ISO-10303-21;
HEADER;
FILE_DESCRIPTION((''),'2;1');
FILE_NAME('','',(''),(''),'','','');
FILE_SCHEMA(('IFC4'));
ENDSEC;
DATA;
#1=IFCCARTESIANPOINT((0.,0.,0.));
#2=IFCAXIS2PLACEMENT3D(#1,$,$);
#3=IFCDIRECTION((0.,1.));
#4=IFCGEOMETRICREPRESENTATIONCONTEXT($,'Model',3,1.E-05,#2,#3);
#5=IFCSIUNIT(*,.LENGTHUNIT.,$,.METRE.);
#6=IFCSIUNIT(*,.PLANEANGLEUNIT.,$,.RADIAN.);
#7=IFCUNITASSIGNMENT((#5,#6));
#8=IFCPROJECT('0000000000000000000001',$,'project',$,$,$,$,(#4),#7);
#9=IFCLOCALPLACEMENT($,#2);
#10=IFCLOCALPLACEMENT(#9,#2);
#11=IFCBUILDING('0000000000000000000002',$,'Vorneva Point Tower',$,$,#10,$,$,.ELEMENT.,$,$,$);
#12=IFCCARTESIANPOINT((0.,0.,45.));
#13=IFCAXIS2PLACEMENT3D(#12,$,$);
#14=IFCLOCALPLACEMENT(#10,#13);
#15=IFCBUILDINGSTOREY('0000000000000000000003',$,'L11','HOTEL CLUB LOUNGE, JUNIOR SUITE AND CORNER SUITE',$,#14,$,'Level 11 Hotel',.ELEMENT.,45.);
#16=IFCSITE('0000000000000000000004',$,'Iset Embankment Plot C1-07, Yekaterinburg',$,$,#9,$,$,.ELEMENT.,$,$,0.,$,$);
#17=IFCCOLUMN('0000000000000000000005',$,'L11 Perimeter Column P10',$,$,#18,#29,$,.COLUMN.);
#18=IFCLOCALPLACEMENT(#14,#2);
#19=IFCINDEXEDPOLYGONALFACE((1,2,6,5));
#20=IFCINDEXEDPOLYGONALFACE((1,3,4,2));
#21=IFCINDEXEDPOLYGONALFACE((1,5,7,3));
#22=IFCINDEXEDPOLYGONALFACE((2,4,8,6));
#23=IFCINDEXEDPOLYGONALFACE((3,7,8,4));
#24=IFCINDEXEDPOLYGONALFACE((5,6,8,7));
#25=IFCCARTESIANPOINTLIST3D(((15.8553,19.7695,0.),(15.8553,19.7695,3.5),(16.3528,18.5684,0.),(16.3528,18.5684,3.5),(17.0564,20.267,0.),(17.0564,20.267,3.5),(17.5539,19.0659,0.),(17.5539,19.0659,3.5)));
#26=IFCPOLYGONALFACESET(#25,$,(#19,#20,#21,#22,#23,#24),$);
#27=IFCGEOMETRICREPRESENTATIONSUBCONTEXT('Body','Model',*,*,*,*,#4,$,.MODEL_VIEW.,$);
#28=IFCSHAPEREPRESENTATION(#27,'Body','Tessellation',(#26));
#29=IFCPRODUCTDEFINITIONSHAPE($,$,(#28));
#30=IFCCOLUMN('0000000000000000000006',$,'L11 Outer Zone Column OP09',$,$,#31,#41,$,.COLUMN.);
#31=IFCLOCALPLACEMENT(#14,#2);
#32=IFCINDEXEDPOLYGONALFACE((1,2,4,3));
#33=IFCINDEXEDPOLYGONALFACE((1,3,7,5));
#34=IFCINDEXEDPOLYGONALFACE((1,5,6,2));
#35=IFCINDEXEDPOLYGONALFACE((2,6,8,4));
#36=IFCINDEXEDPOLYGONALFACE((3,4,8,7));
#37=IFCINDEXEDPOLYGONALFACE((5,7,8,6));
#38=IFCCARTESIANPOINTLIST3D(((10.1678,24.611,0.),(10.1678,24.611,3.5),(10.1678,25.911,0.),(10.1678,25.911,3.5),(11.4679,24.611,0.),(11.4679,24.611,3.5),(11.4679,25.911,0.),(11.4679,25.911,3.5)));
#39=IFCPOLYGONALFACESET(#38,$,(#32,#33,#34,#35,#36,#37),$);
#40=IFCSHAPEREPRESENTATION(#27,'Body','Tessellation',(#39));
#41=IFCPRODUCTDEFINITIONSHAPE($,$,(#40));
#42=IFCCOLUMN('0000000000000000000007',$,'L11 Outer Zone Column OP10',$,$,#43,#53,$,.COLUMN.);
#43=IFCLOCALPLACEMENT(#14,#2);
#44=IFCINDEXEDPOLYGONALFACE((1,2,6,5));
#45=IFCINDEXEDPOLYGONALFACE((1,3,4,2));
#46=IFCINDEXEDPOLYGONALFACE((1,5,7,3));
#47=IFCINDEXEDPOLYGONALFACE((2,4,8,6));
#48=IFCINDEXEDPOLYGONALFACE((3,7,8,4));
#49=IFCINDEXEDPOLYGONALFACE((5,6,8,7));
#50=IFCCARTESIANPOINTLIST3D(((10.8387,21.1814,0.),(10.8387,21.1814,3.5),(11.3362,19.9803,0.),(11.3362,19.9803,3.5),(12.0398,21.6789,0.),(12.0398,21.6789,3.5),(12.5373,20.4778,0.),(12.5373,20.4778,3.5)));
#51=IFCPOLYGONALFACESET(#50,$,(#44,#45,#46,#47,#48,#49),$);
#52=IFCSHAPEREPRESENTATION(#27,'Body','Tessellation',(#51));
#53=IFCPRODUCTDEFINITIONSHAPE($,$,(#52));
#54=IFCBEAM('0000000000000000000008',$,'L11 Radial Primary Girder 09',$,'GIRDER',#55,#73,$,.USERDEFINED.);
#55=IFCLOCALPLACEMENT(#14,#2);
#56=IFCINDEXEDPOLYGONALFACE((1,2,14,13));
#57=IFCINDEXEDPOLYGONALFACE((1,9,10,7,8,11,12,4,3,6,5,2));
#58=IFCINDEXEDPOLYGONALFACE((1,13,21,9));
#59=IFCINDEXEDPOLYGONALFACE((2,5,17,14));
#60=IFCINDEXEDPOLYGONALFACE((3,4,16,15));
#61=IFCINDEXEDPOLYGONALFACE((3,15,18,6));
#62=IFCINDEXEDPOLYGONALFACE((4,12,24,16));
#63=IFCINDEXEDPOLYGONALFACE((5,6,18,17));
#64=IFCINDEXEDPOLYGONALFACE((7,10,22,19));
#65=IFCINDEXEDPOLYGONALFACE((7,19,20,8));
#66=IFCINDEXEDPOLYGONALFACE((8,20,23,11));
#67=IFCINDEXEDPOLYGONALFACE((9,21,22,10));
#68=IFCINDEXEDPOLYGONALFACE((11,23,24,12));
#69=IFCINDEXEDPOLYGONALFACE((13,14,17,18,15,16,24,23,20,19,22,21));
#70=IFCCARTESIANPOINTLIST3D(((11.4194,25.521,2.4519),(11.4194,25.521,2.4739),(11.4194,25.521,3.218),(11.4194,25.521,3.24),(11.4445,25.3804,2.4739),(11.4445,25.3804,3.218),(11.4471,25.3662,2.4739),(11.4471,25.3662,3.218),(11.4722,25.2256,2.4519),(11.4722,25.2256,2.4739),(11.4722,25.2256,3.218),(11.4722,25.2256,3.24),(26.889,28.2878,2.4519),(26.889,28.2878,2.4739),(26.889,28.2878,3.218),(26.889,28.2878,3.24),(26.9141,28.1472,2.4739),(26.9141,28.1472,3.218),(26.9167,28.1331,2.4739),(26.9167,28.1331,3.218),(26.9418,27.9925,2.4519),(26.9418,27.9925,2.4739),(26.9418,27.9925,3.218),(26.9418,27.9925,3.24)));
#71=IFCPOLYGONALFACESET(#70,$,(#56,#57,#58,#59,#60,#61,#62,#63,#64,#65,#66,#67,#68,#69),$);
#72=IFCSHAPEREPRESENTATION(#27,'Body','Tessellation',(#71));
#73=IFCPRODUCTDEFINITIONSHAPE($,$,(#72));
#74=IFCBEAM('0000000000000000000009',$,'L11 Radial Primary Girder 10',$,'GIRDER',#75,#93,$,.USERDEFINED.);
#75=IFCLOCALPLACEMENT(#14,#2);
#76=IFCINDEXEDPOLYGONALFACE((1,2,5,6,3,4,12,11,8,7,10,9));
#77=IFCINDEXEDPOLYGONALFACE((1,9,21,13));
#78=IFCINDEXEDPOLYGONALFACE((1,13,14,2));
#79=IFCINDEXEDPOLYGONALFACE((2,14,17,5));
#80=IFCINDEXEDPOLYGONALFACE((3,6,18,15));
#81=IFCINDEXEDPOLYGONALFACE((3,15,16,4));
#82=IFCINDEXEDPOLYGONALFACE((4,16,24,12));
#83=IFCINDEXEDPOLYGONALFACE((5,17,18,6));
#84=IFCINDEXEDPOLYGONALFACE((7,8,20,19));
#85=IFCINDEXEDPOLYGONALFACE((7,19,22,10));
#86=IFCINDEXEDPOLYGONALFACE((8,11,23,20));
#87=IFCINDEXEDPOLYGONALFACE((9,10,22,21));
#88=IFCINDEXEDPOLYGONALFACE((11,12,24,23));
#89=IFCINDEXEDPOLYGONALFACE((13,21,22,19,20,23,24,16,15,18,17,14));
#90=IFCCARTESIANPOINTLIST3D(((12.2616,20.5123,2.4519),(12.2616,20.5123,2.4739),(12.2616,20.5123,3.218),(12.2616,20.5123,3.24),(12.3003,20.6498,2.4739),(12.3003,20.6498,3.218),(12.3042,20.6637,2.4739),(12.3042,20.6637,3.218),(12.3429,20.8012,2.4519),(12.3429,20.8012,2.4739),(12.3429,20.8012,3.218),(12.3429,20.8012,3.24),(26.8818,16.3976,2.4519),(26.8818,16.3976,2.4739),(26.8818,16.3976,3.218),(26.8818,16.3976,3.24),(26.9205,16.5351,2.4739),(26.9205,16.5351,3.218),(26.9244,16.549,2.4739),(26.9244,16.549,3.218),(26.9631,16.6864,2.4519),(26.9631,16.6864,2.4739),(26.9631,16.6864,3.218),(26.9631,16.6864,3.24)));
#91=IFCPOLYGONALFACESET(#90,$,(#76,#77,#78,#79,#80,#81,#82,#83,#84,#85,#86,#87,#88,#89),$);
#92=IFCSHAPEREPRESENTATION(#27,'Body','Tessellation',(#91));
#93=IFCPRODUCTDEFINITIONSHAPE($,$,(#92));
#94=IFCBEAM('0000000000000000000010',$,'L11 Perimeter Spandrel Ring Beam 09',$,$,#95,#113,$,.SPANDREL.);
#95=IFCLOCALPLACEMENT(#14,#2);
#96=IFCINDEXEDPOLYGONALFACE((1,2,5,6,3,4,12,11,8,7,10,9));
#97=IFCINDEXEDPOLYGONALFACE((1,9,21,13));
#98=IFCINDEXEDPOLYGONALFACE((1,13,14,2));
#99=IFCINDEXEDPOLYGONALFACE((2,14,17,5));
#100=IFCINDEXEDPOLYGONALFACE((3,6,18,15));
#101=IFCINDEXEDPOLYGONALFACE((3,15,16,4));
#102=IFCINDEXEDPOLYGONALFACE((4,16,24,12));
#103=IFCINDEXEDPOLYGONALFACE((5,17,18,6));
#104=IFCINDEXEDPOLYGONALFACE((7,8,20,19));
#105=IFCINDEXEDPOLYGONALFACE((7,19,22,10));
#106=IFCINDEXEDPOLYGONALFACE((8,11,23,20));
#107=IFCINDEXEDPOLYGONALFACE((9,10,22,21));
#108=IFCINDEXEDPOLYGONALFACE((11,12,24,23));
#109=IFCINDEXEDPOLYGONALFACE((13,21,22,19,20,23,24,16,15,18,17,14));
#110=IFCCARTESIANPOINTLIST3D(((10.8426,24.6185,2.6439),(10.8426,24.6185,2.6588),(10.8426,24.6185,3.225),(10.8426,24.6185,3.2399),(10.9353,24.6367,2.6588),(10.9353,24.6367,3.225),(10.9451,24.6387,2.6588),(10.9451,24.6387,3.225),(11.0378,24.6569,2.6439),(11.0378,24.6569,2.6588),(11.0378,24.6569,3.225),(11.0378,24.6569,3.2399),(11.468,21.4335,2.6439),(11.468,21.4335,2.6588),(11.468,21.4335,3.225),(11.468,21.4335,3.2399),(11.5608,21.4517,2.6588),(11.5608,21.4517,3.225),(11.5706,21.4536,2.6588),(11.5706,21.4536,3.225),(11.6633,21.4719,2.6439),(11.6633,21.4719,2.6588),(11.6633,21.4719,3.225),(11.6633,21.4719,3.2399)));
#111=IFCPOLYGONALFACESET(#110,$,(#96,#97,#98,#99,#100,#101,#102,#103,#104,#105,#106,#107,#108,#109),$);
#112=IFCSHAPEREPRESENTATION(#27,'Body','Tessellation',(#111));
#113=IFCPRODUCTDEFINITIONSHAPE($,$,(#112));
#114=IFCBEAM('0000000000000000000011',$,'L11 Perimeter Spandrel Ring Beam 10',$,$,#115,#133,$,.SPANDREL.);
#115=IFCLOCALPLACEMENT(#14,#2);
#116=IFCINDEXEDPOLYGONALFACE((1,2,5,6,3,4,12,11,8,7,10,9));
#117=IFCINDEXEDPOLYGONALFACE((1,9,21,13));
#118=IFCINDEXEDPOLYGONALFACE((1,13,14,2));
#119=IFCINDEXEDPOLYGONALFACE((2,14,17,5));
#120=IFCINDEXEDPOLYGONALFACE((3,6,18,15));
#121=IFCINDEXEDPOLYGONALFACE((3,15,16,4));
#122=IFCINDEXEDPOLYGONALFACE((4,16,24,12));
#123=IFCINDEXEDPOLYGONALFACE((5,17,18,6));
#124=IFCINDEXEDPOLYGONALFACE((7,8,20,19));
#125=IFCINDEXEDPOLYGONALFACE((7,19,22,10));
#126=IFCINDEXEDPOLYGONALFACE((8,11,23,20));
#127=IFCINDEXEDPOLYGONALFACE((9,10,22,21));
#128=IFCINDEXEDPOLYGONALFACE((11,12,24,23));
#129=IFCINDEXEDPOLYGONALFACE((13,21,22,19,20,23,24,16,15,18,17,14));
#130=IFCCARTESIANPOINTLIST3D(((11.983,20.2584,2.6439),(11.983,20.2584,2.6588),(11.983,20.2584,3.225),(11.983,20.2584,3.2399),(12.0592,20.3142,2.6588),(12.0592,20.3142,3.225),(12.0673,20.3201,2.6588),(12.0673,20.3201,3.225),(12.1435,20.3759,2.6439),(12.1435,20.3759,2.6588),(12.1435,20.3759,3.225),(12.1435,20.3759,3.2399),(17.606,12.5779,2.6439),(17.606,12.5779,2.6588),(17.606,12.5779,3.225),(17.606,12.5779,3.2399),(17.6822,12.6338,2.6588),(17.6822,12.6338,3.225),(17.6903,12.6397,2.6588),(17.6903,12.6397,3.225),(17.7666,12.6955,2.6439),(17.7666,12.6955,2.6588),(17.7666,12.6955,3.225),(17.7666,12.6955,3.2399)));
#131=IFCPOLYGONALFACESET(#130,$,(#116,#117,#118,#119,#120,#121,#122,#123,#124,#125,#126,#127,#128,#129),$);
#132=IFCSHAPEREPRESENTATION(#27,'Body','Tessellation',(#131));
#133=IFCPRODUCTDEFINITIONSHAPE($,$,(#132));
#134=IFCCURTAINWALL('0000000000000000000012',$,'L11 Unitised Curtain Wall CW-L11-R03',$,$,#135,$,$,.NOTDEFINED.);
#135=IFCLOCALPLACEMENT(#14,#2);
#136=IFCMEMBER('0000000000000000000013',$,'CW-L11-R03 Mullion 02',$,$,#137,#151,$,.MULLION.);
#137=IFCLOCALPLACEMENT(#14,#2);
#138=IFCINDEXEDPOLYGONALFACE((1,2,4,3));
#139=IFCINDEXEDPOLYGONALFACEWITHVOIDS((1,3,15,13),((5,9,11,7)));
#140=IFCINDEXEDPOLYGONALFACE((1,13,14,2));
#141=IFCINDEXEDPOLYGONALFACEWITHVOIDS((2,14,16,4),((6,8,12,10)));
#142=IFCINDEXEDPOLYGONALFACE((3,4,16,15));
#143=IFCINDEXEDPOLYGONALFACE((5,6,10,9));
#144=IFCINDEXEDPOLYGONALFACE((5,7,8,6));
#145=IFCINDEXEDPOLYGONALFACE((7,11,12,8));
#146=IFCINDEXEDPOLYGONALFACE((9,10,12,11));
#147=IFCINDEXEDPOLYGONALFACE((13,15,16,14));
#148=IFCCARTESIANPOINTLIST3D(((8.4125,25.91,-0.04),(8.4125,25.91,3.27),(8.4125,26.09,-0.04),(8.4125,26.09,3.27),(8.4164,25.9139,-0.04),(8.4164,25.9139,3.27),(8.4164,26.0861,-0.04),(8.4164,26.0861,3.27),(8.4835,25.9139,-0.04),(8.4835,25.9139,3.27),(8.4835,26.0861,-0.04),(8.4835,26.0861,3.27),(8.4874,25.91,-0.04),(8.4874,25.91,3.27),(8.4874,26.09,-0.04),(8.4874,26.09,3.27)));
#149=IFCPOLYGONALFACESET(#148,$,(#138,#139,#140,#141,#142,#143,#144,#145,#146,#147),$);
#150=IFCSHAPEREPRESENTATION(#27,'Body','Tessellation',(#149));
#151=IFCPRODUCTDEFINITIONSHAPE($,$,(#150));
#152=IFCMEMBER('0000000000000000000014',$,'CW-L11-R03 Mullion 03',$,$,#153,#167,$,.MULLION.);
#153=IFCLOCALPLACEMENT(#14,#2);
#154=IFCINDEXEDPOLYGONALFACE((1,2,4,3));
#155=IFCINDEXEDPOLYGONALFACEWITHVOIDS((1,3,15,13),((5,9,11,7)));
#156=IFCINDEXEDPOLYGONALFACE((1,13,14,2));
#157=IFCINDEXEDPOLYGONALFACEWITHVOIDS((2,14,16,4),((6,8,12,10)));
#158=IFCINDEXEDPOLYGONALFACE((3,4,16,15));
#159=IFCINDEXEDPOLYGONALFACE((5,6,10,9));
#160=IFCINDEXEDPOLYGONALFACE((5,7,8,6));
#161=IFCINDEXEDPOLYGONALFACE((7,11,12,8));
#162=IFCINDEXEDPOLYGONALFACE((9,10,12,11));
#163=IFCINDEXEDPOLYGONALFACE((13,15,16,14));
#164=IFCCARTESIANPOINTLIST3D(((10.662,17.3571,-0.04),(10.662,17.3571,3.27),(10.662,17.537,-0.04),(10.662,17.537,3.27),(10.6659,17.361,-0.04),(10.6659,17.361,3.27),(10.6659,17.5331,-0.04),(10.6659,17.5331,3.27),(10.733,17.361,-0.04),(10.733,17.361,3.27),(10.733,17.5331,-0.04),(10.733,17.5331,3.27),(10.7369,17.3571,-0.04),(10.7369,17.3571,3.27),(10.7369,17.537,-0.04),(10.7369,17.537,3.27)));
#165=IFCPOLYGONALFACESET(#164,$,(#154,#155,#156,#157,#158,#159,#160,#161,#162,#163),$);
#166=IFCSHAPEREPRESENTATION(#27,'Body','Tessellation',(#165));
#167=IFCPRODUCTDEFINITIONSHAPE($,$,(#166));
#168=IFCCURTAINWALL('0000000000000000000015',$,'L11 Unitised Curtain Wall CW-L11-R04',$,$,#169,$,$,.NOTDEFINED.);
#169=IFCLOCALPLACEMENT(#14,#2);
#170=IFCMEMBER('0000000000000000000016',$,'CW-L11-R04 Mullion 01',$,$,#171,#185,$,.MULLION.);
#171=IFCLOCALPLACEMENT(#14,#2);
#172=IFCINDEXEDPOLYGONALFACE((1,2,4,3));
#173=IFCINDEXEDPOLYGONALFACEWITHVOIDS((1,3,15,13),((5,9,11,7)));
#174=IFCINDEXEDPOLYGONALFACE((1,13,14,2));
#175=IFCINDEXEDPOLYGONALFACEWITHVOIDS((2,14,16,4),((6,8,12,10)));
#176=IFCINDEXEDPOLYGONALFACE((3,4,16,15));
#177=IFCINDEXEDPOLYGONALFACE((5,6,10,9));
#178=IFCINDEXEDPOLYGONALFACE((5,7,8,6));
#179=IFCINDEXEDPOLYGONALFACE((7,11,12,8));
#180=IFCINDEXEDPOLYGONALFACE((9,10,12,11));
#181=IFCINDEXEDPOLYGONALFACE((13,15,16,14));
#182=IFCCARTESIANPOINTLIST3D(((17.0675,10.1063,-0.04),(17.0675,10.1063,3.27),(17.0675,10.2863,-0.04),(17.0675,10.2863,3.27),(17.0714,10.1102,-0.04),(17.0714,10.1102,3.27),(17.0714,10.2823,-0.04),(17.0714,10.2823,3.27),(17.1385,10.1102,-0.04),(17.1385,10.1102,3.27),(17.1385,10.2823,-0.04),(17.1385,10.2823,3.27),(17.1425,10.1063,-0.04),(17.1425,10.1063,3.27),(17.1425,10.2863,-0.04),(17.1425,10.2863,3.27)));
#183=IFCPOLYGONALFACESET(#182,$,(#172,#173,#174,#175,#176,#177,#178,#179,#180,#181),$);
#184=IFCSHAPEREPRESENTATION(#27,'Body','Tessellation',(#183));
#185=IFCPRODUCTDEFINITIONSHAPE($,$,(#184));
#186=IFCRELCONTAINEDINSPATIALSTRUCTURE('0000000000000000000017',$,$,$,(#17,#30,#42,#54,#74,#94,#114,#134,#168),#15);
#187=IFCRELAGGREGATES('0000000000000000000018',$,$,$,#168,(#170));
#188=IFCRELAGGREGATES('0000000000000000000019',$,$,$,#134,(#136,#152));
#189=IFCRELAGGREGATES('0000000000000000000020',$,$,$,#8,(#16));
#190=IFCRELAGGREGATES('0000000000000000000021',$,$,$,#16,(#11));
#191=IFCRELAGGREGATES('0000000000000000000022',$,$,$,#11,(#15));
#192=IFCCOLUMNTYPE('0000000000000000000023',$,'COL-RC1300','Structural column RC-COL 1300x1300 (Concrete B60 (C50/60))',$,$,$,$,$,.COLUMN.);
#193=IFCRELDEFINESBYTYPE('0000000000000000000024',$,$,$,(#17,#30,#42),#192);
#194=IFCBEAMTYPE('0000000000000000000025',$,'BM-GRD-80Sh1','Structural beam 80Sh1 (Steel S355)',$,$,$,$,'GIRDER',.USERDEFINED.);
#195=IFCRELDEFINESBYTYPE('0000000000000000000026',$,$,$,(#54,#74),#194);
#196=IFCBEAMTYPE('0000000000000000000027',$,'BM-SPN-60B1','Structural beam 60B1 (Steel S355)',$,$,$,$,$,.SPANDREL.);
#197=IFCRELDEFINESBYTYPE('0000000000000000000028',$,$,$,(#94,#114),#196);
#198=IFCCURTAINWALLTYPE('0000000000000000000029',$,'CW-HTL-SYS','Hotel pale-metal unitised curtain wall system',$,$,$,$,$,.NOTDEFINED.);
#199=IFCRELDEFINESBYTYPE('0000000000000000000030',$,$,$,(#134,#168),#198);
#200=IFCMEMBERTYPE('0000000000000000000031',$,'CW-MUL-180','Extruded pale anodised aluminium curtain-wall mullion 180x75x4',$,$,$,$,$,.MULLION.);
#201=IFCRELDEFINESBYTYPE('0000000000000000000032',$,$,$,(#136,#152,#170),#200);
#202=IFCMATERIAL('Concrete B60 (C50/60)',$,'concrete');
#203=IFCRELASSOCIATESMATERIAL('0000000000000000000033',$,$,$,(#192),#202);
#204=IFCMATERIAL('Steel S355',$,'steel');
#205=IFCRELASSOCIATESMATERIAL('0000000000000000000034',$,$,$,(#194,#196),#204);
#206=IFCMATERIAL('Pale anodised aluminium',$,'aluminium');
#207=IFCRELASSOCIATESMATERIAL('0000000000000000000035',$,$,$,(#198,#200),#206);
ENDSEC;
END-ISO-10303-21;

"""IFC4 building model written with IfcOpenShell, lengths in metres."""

from ifc_helpers import new_model, si_unit, direction, frame, origin, origin_2d, place, context, subcontext, project, spatial, rectangle, hollow_rectangle, i_section, extrude, material, material_profile, profile_set, type_object, element, aggregate, save


model = new_model("IFC4")

# Units and contexts
model_context = context("Model", 3, precision=1e-05, world=origin(), true_north=direction((0.0, 1.0)))
body_context = subcontext(model_context, "Body", "Model", "MODEL_VIEW")
ifc_project = project(units=[si_unit("LENGTHUNIT", "METRE"), si_unit("PLANEANGLEUNIT", "RADIAN")], contexts=[model_context])

# Site, building, storey
site_placement = place(None, origin())
site = spatial("IfcSite", under=ifc_project, at=site_placement, Name="Iset Embankment Plot C1-07, Yekaterinburg", CompositionType="ELEMENT", RefElevation=0.0)
building_placement = place(site_placement, origin())
building = spatial("IfcBuilding", under=site, at=building_placement, Name="Vorneva Point Tower", CompositionType="ELEMENT")
storey_placement = place(building_placement, frame((0.0, 0.0, 45.0)))
storey = spatial("IfcBuildingStorey", under=building, at=storey_placement, Name="L11", Description="HOTEL CLUB LOUNGE, JUNIOR SUITE AND CORNER SUITE", LongName="Level 11 Hotel", CompositionType="ELEMENT", Elevation=45.0)

# Columns
ifc_material_1 = material(Name="Concrete B60 (C50/60)", Category="concrete")
ifc_material_profile_1 = material_profile(ifc_material_1, rectangle(XDim=1.3, YDim=1.3, at=origin_2d()), Name="RC-COL 1300x1300")
ifc_profile_set_1 = profile_set([ifc_material_profile_1], Name="Concrete B60 (C50/60)")
column_type = type_object("IfcColumnType", Name="COL-RC1300", Description="Structural column RC-COL 1300x1300 (Concrete B60 (C50/60))", PredefinedType="COLUMN", material=ifc_profile_set_1)
for number, where, z_axis, x_axis, name in (
    (1, (16.7046, 19.4177, 0.0), (0.0, 0.0, 1.0), (-0.92388, -0.382683, 0.0), "L11 Perimeter Column P10"),
    (2, (10.8179, 25.261, 0.0), (0.0, 0.0, 1.0), (-1.0, 0.0, 0.0), "L11 Outer Zone Column OP09"),
    (3, (11.688, 20.8296, 0.0), (0.0, 0.0, 1.0), (-0.92388, -0.382683, 0.0), "L11 Outer Zone Column OP10"),
):
    element("IfcColumn", number, at=place(storey_placement, frame(where, z_axis=z_axis, x_axis=x_axis)), inside=storey, type_object=column_type, Name=name, PredefinedType="COLUMN", context=body_context, shape_type="SweptSolid", body=[
        extrude(rectangle(XDim=1.3, YDim=1.3, at=origin_2d()), origin(), (0.0, 0.0, 1.0), 3.5),
    ])

# Beams
ifc_material_2 = material(Name="Steel S355", Category="steel")
ifc_material_profile_2 = material_profile(ifc_material_2, i_section(OverallWidth=0.3, OverallDepth=0.7881, WebThickness=0.0144, FlangeThickness=0.022, at=origin_2d()), Name="80Sh1")
ifc_profile_set_2 = profile_set([ifc_material_profile_2], Name="Steel S355")
beam_type_1 = type_object("IfcBeamType", Name="BM-GRD-80Sh1", Description="Structural beam 80Sh1 (Steel S355)", ElementType="GIRDER", PredefinedType="USERDEFINED", material=ifc_profile_set_2)
beam_1_placement = place(storey_placement, frame((11.4458, 25.3733, 2.8459), z_axis=(0.984379, 0.176064, 0.0), x_axis=(-0.176064, 0.984379, 0.0)))
element("IfcBeam", 4, at=beam_1_placement, inside=storey, type_object=beam_type_1, Name="L11 Radial Primary Girder 09", ObjectType="GIRDER", PredefinedType="USERDEFINED", context=body_context, shape_type="SweptSolid", body=[
    extrude(i_section(OverallWidth=0.3, OverallDepth=0.7881, WebThickness=0.0144, FlangeThickness=0.022, at=origin_2d()), origin(), (0.0, 0.0, 1.0), 15.7151),
])
beam_2_placement = place(storey_placement, frame((12.3022, 20.6567, 2.8459), z_axis=(0.962603, -0.270915, 0.0), x_axis=(0.270915, 0.962603, 0.0)))
element("IfcBeam", 5, at=beam_2_placement, inside=storey, type_object=beam_type_1, Name="L11 Radial Primary Girder 10", ObjectType="GIRDER", PredefinedType="USERDEFINED", context=body_context, shape_type="SweptSolid", body=[
    extrude(i_section(OverallWidth=0.3, OverallDepth=0.7881, WebThickness=0.0144, FlangeThickness=0.022, at=origin_2d()), origin(), (0.0, 0.0, 1.0), 15.1882),
])
ifc_material_profile_3 = material_profile(ifc_material_2, i_section(OverallWidth=0.199, OverallDepth=0.5959, WebThickness=0.01, FlangeThickness=0.0149, at=origin_2d()), Name="60B1")
ifc_profile_set_3 = profile_set([ifc_material_profile_3], Name="Steel S355")
beam_type_2 = type_object("IfcBeamType", Name="BM-SPN-60B1", Description="Structural beam 60B1 (Steel S355)", PredefinedType="SPANDREL", material=ifc_profile_set_3)
beam_3_placement = place(storey_placement, frame((10.9402, 24.6377, 2.9419), z_axis=(0.192701, -0.981257, 0.0), x_axis=(0.981257, 0.192701, 0.0)))
element("IfcBeam", 6, at=beam_3_placement, inside=storey, type_object=beam_type_2, Name="L11 Perimeter Spandrel Ring Beam 09", PredefinedType="SPANDREL", context=body_context, shape_type="SweptSolid", body=[
    extrude(i_section(OverallWidth=0.199, OverallDepth=0.5959, WebThickness=0.01, FlangeThickness=0.0149, at=origin_2d()), origin(), (0.0, 0.0, 1.0), 3.2458),
])
beam_4_placement = place(storey_placement, frame((12.0632, 20.3171, 2.9419), z_axis=(0.590731, -0.806869, 0.0), x_axis=(0.806869, 0.590731, 0.0)))
element("IfcBeam", 7, at=beam_4_placement, inside=storey, type_object=beam_type_2, Name="L11 Perimeter Spandrel Ring Beam 10", PredefinedType="SPANDREL", context=body_context, shape_type="SweptSolid", body=[
    extrude(i_section(OverallWidth=0.199, OverallDepth=0.5959, WebThickness=0.01, FlangeThickness=0.0149, at=origin_2d()), origin(), (0.0, 0.0, 1.0), 9.5188),
])

# Curtain wall, members
ifc_material_3 = material(Name="Pale anodised aluminium", Category="aluminium")
curtain_wall_type = type_object("IfcCurtainWallType", Name="CW-HTL-SYS", Description="Hotel pale-metal unitised curtain wall system", PredefinedType="NOTDEFINED", material=ifc_material_3)
curtain_wall_1_placement = place(storey_placement, origin())
curtain_wall_1 = element("IfcCurtainWall", 8, at=curtain_wall_1_placement, inside=storey, type_object=curtain_wall_type, Name="L11 Unitised Curtain Wall CW-L11-R03", PredefinedType="NOTDEFINED")
ifc_material_profile_4 = material_profile(ifc_material_3, hollow_rectangle(XDim=0.075, YDim=0.1799, WallThickness=0.0039, at=origin_2d()), Name="AL-MUL 180x75x4")
ifc_profile_set_4 = profile_set([ifc_material_profile_4], Name="Pale anodised aluminium")
member_type_1 = type_object("IfcMemberType", Name="CW-MUL-180", Description="Extruded pale anodised aluminium curtain-wall mullion 180x75x4", PredefinedType="MULLION", material=ifc_profile_set_4)
member_1_placement = place(storey_placement, frame((8.45, 26.0, -0.04), z_axis=(0.0, 0.0, 1.0), x_axis=(1.0, 0.0, 0.0)))
member_1 = element("IfcMember", 9, at=member_1_placement, type_object=member_type_1, Name="CW-L11-R03 Mullion 02", PredefinedType="MULLION", context=body_context, shape_type="SweptSolid", body=[
    extrude(hollow_rectangle(XDim=0.075, YDim=0.1799, WallThickness=0.0039, at=origin_2d()), origin(), (0.0, 0.0, 1.0), 3.3101),
])
member_2_placement = place(storey_placement, frame((10.6995, 17.447, -0.04), z_axis=(0.0, 0.0, 1.0), x_axis=(1.0, 0.0, 0.0)))
member_2 = element("IfcMember", 10, at=member_2_placement, type_object=member_type_1, Name="CW-L11-R03 Mullion 03", PredefinedType="MULLION", context=body_context, shape_type="SweptSolid", body=[
    extrude(hollow_rectangle(XDim=0.075, YDim=0.1799, WallThickness=0.0039, at=origin_2d()), origin(), (0.0, 0.0, 1.0), 3.3101),
])

# Curtain wall, member
curtain_wall_2_placement = place(storey_placement, origin())
curtain_wall_2 = element("IfcCurtainWall", 11, at=curtain_wall_2_placement, inside=storey, type_object=curtain_wall_type, Name="L11 Unitised Curtain Wall CW-L11-R04", PredefinedType="NOTDEFINED")
member_3_placement = place(storey_placement, frame((17.105, 10.1963, -0.04), z_axis=(0.0, 0.0, 1.0), x_axis=(1.0, 0.0, 0.0)))
member_3 = element("IfcMember", 12, at=member_3_placement, type_object=member_type_1, Name="CW-L11-R04 Mullion 01", PredefinedType="MULLION", context=body_context, shape_type="SweptSolid", body=[
    extrude(hollow_rectangle(XDim=0.075, YDim=0.1799, WallThickness=0.0039, at=origin_2d()), origin(), (0.0, 0.0, 1.0), 3.3101),
])

aggregate(curtain_wall_2, [member_3])

aggregate(curtain_wall_1, [member_1, member_2])

save(model, "model.ifc")
